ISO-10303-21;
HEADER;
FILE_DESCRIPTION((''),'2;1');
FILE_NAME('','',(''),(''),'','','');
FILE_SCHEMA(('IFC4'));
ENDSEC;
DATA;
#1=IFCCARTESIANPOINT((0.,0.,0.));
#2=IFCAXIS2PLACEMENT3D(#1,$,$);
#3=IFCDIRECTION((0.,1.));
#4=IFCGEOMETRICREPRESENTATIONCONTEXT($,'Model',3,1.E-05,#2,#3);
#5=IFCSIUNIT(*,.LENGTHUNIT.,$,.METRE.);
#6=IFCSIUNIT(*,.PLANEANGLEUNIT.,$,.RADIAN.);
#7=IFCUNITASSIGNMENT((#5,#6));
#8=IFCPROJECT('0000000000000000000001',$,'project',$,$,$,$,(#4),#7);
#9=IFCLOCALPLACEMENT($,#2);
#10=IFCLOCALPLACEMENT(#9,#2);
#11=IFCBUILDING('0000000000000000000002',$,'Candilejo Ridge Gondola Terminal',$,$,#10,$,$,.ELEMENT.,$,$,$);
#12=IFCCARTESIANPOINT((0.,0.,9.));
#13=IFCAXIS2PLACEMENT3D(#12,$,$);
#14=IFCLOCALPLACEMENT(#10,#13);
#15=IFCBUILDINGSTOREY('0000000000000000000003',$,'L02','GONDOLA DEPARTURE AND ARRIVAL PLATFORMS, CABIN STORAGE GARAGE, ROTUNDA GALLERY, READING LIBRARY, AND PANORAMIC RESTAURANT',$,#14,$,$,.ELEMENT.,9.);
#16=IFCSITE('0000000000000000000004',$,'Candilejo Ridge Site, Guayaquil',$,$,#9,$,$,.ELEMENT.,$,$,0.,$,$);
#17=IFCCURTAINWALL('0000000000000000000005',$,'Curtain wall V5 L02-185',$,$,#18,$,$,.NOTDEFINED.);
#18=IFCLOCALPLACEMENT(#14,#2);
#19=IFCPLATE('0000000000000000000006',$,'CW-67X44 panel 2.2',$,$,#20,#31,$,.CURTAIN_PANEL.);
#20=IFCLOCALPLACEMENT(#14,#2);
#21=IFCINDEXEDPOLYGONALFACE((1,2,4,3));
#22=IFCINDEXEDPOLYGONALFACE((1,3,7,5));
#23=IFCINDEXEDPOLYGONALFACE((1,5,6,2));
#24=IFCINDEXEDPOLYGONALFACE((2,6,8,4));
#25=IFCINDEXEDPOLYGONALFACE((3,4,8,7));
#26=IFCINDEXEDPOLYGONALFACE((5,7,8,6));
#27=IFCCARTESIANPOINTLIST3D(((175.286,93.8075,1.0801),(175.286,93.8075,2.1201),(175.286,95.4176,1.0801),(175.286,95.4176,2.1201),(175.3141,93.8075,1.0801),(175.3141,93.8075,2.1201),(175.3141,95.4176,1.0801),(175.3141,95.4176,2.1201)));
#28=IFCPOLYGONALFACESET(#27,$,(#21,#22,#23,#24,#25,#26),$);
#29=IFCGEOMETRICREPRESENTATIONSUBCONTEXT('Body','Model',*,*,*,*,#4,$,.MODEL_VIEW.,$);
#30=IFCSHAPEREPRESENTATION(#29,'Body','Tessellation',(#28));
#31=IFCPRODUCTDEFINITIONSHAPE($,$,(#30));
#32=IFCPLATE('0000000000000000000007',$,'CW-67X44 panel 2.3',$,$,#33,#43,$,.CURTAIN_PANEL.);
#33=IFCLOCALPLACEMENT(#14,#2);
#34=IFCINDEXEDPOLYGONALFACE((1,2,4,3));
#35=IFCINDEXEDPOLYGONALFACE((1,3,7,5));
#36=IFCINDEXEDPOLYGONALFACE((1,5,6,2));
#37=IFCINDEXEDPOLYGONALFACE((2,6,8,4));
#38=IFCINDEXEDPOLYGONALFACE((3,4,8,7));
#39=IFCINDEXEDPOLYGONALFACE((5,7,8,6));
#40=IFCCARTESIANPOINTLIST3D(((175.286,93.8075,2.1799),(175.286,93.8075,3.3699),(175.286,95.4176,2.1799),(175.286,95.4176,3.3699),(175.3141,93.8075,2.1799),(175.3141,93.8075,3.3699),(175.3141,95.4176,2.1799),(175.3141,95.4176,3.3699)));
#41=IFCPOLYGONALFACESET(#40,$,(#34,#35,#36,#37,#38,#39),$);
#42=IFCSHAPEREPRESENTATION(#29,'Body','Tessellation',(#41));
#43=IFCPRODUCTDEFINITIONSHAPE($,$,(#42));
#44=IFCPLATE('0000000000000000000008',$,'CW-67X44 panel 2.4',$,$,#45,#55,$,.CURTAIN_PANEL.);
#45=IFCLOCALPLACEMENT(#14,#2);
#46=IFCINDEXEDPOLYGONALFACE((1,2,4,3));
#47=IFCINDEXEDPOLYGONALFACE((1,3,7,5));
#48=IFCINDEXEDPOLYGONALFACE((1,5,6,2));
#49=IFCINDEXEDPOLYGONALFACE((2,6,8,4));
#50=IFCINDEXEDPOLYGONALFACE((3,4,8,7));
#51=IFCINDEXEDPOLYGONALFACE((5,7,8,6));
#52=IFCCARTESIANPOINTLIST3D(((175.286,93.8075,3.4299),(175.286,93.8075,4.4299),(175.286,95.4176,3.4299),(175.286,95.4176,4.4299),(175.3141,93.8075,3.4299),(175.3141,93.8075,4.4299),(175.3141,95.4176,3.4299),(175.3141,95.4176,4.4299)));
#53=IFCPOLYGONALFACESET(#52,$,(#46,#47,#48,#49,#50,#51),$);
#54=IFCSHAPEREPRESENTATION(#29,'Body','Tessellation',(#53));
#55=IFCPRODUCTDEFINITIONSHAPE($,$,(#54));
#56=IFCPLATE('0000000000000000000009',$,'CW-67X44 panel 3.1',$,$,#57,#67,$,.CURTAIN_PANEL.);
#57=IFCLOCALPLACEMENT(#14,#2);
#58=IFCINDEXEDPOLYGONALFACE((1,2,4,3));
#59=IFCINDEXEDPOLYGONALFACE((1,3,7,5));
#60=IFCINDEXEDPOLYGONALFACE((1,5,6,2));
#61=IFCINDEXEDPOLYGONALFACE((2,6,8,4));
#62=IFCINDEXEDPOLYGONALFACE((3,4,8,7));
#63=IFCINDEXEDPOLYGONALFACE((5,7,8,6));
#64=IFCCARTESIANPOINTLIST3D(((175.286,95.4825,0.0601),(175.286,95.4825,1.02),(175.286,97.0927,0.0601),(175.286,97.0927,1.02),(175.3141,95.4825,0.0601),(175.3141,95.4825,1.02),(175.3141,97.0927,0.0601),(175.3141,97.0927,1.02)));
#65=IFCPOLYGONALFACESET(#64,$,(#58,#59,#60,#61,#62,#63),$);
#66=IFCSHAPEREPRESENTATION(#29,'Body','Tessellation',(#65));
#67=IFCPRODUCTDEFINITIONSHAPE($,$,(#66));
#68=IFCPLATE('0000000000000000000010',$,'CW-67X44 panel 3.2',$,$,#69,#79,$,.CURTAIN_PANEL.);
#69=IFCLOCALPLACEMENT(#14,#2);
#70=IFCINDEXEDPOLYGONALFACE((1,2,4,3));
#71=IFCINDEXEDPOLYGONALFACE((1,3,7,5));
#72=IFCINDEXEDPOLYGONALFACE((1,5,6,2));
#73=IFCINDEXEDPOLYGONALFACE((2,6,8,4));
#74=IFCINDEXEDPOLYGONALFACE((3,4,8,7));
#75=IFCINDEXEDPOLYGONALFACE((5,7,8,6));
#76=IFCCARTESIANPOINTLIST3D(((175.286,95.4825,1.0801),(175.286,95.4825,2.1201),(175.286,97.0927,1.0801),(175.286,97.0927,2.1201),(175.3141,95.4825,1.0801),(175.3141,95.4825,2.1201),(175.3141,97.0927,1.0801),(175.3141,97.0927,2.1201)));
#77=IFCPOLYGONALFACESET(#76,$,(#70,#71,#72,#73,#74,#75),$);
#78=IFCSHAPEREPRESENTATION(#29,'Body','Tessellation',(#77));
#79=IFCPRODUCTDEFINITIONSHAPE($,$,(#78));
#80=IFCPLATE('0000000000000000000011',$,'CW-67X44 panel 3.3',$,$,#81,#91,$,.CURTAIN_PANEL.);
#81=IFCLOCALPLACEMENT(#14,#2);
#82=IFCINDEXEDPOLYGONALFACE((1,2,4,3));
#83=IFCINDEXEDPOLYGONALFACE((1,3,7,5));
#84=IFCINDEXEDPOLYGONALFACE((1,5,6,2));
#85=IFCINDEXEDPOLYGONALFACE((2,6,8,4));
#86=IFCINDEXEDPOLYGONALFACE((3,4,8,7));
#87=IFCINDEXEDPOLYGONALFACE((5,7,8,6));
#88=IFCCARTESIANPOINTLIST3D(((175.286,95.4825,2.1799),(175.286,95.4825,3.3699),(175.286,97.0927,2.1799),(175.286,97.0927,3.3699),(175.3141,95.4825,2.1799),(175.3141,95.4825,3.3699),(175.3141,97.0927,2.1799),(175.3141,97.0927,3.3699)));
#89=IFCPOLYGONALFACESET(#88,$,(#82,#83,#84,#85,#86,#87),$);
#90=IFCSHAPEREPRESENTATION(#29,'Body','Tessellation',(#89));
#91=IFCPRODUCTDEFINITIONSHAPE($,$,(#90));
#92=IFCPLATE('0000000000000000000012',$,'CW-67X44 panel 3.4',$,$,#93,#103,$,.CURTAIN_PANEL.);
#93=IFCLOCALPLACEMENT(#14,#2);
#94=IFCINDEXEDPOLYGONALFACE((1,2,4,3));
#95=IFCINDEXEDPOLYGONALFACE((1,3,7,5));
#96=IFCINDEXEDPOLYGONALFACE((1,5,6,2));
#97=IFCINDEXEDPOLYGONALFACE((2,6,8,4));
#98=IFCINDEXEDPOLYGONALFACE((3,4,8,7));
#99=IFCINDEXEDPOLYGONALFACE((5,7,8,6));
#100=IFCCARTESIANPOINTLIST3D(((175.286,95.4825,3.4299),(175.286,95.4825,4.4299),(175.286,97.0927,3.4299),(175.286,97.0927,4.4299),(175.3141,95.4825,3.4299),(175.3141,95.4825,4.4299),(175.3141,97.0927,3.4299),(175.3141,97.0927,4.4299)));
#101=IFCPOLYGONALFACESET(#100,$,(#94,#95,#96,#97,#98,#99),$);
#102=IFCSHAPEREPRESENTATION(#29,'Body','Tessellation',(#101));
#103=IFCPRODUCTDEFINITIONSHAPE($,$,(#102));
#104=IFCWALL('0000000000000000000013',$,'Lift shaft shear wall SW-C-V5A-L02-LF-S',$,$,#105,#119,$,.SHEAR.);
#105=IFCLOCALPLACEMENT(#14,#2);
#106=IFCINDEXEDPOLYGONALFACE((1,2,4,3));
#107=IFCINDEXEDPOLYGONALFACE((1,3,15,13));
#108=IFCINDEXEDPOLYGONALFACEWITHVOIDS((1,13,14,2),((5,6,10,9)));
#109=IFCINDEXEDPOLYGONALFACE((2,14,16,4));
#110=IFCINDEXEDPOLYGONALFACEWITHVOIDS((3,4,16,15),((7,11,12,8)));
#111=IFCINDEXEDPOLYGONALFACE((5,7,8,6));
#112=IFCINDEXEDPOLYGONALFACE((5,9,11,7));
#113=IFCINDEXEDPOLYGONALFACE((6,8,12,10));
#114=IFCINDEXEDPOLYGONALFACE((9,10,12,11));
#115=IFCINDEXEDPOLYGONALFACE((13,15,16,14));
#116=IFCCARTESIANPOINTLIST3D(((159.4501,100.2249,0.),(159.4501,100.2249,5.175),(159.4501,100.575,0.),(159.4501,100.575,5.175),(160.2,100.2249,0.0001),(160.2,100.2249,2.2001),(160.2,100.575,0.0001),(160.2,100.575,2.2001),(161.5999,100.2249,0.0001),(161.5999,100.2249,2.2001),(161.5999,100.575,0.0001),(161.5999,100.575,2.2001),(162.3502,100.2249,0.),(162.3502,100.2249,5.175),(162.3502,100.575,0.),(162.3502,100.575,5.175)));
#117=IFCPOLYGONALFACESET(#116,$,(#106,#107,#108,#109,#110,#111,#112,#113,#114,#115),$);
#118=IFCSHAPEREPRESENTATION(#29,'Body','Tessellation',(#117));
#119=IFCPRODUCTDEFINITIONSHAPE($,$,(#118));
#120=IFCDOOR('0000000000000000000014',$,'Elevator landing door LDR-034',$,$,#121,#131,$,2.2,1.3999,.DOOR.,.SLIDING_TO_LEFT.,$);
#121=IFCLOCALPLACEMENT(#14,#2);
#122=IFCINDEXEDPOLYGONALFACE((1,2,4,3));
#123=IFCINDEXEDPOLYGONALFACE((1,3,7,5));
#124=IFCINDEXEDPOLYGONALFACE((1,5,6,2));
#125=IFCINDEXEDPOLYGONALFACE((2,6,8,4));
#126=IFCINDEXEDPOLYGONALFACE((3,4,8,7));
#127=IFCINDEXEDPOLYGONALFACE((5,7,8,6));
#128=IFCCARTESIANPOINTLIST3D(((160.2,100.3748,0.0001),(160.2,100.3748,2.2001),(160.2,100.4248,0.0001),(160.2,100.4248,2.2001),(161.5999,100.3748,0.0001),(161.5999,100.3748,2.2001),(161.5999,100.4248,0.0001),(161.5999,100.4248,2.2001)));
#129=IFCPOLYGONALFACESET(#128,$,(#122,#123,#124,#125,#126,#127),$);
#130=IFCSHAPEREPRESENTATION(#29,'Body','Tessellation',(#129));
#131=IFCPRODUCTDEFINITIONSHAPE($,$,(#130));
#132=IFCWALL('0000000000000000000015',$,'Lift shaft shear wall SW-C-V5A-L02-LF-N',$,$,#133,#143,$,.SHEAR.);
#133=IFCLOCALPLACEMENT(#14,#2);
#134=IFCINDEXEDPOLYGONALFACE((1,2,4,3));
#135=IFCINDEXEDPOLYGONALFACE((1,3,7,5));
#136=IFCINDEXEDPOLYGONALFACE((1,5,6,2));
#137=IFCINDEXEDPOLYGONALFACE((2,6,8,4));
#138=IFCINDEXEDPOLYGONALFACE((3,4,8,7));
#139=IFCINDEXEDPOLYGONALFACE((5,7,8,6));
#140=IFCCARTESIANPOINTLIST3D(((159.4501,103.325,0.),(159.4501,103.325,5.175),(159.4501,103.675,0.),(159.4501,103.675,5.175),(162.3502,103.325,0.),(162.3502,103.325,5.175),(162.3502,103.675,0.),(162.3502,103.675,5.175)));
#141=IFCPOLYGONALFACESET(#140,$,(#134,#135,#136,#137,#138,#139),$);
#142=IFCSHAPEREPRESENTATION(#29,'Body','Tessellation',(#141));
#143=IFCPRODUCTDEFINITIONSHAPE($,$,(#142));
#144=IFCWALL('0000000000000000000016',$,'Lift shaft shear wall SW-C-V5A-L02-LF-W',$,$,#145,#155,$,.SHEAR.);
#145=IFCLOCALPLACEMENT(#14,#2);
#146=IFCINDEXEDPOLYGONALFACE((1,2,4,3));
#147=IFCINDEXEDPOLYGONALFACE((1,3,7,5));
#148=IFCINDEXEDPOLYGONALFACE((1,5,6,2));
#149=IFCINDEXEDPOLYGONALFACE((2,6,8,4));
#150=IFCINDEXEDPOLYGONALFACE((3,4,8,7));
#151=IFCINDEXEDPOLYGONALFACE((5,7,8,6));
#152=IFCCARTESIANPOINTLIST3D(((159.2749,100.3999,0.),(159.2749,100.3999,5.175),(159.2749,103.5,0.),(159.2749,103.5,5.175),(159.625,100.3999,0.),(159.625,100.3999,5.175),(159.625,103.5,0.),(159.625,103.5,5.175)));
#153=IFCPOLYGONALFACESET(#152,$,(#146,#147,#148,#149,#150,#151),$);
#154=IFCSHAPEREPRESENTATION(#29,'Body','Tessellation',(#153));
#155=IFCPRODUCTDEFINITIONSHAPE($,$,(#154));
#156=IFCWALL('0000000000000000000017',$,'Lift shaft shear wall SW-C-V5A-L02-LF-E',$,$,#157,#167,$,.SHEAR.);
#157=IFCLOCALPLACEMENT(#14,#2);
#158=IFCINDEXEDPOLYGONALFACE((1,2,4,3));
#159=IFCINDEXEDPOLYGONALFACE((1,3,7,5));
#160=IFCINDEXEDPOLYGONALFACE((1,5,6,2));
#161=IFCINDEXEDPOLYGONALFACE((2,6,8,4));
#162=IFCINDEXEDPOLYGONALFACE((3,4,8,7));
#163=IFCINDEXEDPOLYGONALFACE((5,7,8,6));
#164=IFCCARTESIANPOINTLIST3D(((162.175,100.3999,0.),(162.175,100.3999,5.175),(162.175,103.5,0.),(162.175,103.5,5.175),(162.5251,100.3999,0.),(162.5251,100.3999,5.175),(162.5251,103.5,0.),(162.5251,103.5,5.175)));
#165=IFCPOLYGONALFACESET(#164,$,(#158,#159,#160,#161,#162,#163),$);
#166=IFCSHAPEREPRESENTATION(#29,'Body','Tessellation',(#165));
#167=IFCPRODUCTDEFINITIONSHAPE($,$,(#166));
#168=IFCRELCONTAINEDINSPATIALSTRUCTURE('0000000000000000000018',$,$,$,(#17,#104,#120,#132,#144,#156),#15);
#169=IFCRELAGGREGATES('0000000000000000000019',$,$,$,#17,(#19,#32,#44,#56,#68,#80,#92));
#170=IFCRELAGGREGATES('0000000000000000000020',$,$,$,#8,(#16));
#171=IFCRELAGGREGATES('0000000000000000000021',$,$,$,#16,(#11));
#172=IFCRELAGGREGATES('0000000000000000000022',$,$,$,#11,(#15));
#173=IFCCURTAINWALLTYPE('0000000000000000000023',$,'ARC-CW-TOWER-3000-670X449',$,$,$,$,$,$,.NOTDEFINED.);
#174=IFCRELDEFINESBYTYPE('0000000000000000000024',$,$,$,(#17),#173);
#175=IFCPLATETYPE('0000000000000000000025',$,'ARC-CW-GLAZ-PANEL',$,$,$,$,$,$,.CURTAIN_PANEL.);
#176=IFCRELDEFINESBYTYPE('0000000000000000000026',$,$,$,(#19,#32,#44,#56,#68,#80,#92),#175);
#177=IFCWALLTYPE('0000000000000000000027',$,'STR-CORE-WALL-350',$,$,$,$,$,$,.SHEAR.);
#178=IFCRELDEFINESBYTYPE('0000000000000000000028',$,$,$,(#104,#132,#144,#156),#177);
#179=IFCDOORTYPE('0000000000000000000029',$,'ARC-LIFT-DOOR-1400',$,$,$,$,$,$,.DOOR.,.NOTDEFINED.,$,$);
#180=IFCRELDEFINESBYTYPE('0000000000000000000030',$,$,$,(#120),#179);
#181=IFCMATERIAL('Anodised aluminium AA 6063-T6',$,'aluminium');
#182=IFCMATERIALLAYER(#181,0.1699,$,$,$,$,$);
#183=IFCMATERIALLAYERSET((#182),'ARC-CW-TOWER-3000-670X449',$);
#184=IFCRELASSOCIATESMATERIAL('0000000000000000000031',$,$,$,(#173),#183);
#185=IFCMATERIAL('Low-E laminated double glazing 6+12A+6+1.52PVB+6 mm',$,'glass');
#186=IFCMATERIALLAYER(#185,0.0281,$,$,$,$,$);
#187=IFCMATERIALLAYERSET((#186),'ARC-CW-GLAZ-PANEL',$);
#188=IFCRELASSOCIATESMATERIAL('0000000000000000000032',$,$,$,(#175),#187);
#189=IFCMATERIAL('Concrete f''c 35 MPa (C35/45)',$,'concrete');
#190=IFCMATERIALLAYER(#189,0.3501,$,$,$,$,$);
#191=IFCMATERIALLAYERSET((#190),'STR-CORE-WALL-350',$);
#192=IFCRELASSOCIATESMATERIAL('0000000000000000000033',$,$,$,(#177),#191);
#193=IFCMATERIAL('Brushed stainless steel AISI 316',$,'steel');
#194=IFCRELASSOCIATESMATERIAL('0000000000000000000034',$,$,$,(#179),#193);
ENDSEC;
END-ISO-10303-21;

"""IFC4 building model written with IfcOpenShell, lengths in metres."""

from ifc_helpers import new_model, si_unit, direction, frame, frame_2d, origin, origin_2d, place, context, subcontext, project, spatial, rectangle, extrude, material, layer, layer_set, type_object, element, fill, aggregate, save


model = new_model("IFC4")

# Units and contexts
model_context = context("Model", 3, precision=1e-05, world=origin(), true_north=direction((0.0, 1.0)))
body_context = subcontext(model_context, "Body", "Model", "MODEL_VIEW")
ifc_project = project(units=[si_unit("LENGTHUNIT", "METRE"), si_unit("PLANEANGLEUNIT", "RADIAN")], contexts=[model_context])

# Site, building, storey
site_placement = place(None, origin())
site = spatial("IfcSite", under=ifc_project, at=site_placement, Name="Candilejo Ridge Site, Guayaquil", CompositionType="ELEMENT", RefElevation=0.0)
building_placement = place(site_placement, origin())
building = spatial("IfcBuilding", under=site, at=building_placement, Name="Candilejo Ridge Gondola Terminal", CompositionType="ELEMENT")
storey_placement = place(building_placement, frame((0.0, 0.0, 9.0)))
storey = spatial("IfcBuildingStorey", under=building, at=storey_placement, Name="L02", Description="GONDOLA DEPARTURE AND ARRIVAL PLATFORMS, CABIN STORAGE GARAGE, ROTUNDA GALLERY, READING LIBRARY, AND PANORAMIC RESTAURANT", CompositionType="ELEMENT", Elevation=9.0)

# Curtain wall
ifc_material_1 = material(Name="Anodised aluminium AA 6063-T6", Category="aluminium")
ifc_layer_1 = layer(ifc_material_1, 0.1699)
ifc_layer_set_1 = layer_set([ifc_layer_1], Name="ARC-CW-TOWER-3000-670X449")
curtain_wall_type = type_object("IfcCurtainWallType", Name="ARC-CW-TOWER-3000-670X449", PredefinedType="NOTDEFINED", material=ifc_layer_set_1)
curtain_wall_placement = place(storey_placement, origin())
curtain_wall = element("IfcCurtainWall", 1, at=curtain_wall_placement, inside=storey, type_object=curtain_wall_type, Name="Curtain wall V5 L02-185", PredefinedType="NOTDEFINED")

# Plates
ifc_material_2 = material(Name="Low-E laminated double glazing 6+12A+6+1.52PVB+6 mm", Category="glass")
ifc_layer_2 = layer(ifc_material_2, 0.0281)
ifc_layer_set_2 = layer_set([ifc_layer_2], Name="ARC-CW-GLAZ-PANEL")
plate_type = type_object("IfcPlateType", Name="ARC-CW-GLAZ-PANEL", PredefinedType="CURTAIN_PANEL", material=ifc_layer_set_2)
plate_1_placement = place(storey_placement, frame((175.3, 94.6125, 1.0801), z_axis=(0.0, 0.0, 1.0), x_axis=(0.0, 1.0, 0.0)))
plate_1 = element("IfcPlate", 2, at=plate_1_placement, type_object=plate_type, Name="CW-67X44 panel 2.2", PredefinedType="CURTAIN_PANEL", context=body_context, shape_type="SweptSolid", body=[
    extrude(rectangle(XDim=1.6101, YDim=0.0281, at=origin_2d()), origin(), (0.0, 0.0, 1.0), 1.04),
])
plate_2_placement = place(storey_placement, frame((175.3, 94.6125, 2.1799), z_axis=(0.0, 0.0, 1.0), x_axis=(0.0, 1.0, 0.0)))
plate_2 = element("IfcPlate", 3, at=plate_2_placement, type_object=plate_type, Name="CW-67X44 panel 2.3", PredefinedType="CURTAIN_PANEL", context=body_context, shape_type="SweptSolid", body=[
    extrude(rectangle(XDim=1.6101, YDim=0.0281, at=origin_2d()), origin(), (0.0, 0.0, 1.0), 1.1899),
])
plate_3_placement = place(storey_placement, frame((175.3, 94.6125, 3.4299), z_axis=(0.0, 0.0, 1.0), x_axis=(0.0, 1.0, 0.0)))
plate_3 = element("IfcPlate", 4, at=plate_3_placement, type_object=plate_type, Name="CW-67X44 panel 2.4", PredefinedType="CURTAIN_PANEL", context=body_context, shape_type="SweptSolid", body=[
    extrude(rectangle(XDim=1.6101, YDim=0.0281, at=origin_2d()), origin(), (0.0, 0.0, 1.0), 1.0),
])
plate_4_placement = place(storey_placement, frame((175.3, 96.2876, 0.0601), z_axis=(0.0, 0.0, 1.0), x_axis=(0.0, 1.0, 0.0)))
plate_4 = element("IfcPlate", 5, at=plate_4_placement, type_object=plate_type, Name="CW-67X44 panel 3.1", PredefinedType="CURTAIN_PANEL", context=body_context, shape_type="SweptSolid", body=[
    extrude(rectangle(XDim=1.6101, YDim=0.0281, at=origin_2d()), origin(), (0.0, 0.0, 1.0), 0.96),
])
plate_5_placement = place(storey_placement, frame((175.3, 96.2876, 1.0801), z_axis=(0.0, 0.0, 1.0), x_axis=(0.0, 1.0, 0.0)))
plate_5 = element("IfcPlate", 6, at=plate_5_placement, type_object=plate_type, Name="CW-67X44 panel 3.2", PredefinedType="CURTAIN_PANEL", context=body_context, shape_type="SweptSolid", body=[
    extrude(rectangle(XDim=1.6101, YDim=0.0281, at=origin_2d()), origin(), (0.0, 0.0, 1.0), 1.04),
])
plate_6_placement = place(storey_placement, frame((175.3, 96.2876, 2.1799), z_axis=(0.0, 0.0, 1.0), x_axis=(0.0, 1.0, 0.0)))
plate_6 = element("IfcPlate", 7, at=plate_6_placement, type_object=plate_type, Name="CW-67X44 panel 3.3", PredefinedType="CURTAIN_PANEL", context=body_context, shape_type="SweptSolid", body=[
    extrude(rectangle(XDim=1.6101, YDim=0.0281, at=origin_2d()), origin(), (0.0, 0.0, 1.0), 1.1899),
])
plate_7_placement = place(storey_placement, frame((175.3, 96.2876, 3.4299), z_axis=(0.0, 0.0, 1.0), x_axis=(0.0, 1.0, 0.0)))
plate_7 = element("IfcPlate", 8, at=plate_7_placement, type_object=plate_type, Name="CW-67X44 panel 3.4", PredefinedType="CURTAIN_PANEL", context=body_context, shape_type="SweptSolid", body=[
    extrude(rectangle(XDim=1.6101, YDim=0.0281, at=origin_2d()), origin(), (0.0, 0.0, 1.0), 1.0),
])
aggregate(curtain_wall, [plate_1, plate_2, plate_3, plate_4, plate_5, plate_6, plate_7])

# Wall, opening, door
ifc_material_3 = material(Name="Concrete f'c 35 MPa (C35/45)", Category="concrete")
ifc_layer_3 = layer(ifc_material_3, 0.3501)
ifc_layer_set_3 = layer_set([ifc_layer_3], Name="STR-CORE-WALL-350")
wall_type = type_object("IfcWallType", Name="STR-CORE-WALL-350", PredefinedType="SHEAR", material=ifc_layer_set_3)
wall_1_placement = place(storey_placement, frame((159.45, 100.3999, 0.0), z_axis=(0.0, 0.0, 1.0), x_axis=(1.0, 0.0, 0.0)))
wall_1 = element("IfcWall", 9, at=wall_1_placement, inside=storey, type_object=wall_type, Name="Lift shaft shear wall SW-C-V5A-L02-LF-S", PredefinedType="SHEAR", context=body_context, shape_type="SweptSolid", body=[
    extrude(rectangle(XDim=2.9001, YDim=0.3501, at=frame_2d((1.4502, 0.0))), origin(), (0.0, 0.0, 1.0), 5.175),
])
opening_placement = place(wall_1_placement, frame((0.75, 0.0, 0.0)))
opening = element("IfcOpeningElement", 10, at=opening_placement, cuts=wall_1, PredefinedType="OPENING", context=body_context, shape_type="SweptSolid", body=[
    extrude(rectangle(XDim=1.3999, YDim=2.2, at=frame_2d((0.7, 1.1001))), frame((0.0, 0.1851, 0.0), z_axis=(0.0, -1.0, 0.0), x_axis=(1.0, 0.0, 0.0)), (0.0, 0.0, 1.0), 0.3701),
])
ifc_material_4 = material(Name="Brushed stainless steel AISI 316", Category="steel")
door_type = type_object("IfcDoorType", Name="ARC-LIFT-DOOR-1400", OperationType="NOTDEFINED", PredefinedType="DOOR", material=ifc_material_4)
door_placement = place(opening_placement, origin())
door = element("IfcDoor", 11, at=door_placement, inside=storey, type_object=door_type, Name="Elevator landing door LDR-034", OperationType="SLIDING_TO_LEFT", OverallHeight=2.2, OverallWidth=1.3999, PredefinedType="DOOR", context=body_context, shape_type="SweptSolid", body=[
    extrude(rectangle(XDim=1.3999, YDim=2.2, at=frame_2d((0.7, 1.1001))), frame((0.0, 0.0249, 0.0), z_axis=(0.0, -1.0, 0.0), x_axis=(1.0, 0.0, 0.0)), (0.0, 0.0, 1.0), 0.05),
])
fill(opening, door)

# Walls
wall_2_placement = place(storey_placement, frame((159.45, 103.5, 0.0), z_axis=(0.0, 0.0, 1.0), x_axis=(1.0, 0.0, 0.0)))
element("IfcWall", 12, at=wall_2_placement, inside=storey, type_object=wall_type, Name="Lift shaft shear wall SW-C-V5A-L02-LF-N", PredefinedType="SHEAR", context=body_context, shape_type="SweptSolid", body=[
    extrude(rectangle(XDim=2.9001, YDim=0.3501, at=frame_2d((1.4502, 0.0))), origin(), (0.0, 0.0, 1.0), 5.175),
])
for number, where, z_axis, x_axis, name in (
    (13, (159.45, 100.3999, 0.0), (0.0, 0.0, 1.0), (0.0, 1.0, 0.0), "Lift shaft shear wall SW-C-V5A-L02-LF-W"),
    (14, (162.3501, 100.3999, 0.0), (0.0, 0.0, 1.0), (0.0, 1.0, 0.0), "Lift shaft shear wall SW-C-V5A-L02-LF-E"),
):
    element("IfcWall", number, at=place(storey_placement, frame(where, z_axis=z_axis, x_axis=x_axis)), inside=storey, type_object=wall_type, Name=name, PredefinedType="SHEAR", context=body_context, shape_type="SweptSolid", body=[
        extrude(rectangle(XDim=3.1001, YDim=0.3501, at=frame_2d((1.55, 0.0))), origin(), (0.0, 0.0, 1.0), 5.175),
    ])

save(model, "model.ifc")
